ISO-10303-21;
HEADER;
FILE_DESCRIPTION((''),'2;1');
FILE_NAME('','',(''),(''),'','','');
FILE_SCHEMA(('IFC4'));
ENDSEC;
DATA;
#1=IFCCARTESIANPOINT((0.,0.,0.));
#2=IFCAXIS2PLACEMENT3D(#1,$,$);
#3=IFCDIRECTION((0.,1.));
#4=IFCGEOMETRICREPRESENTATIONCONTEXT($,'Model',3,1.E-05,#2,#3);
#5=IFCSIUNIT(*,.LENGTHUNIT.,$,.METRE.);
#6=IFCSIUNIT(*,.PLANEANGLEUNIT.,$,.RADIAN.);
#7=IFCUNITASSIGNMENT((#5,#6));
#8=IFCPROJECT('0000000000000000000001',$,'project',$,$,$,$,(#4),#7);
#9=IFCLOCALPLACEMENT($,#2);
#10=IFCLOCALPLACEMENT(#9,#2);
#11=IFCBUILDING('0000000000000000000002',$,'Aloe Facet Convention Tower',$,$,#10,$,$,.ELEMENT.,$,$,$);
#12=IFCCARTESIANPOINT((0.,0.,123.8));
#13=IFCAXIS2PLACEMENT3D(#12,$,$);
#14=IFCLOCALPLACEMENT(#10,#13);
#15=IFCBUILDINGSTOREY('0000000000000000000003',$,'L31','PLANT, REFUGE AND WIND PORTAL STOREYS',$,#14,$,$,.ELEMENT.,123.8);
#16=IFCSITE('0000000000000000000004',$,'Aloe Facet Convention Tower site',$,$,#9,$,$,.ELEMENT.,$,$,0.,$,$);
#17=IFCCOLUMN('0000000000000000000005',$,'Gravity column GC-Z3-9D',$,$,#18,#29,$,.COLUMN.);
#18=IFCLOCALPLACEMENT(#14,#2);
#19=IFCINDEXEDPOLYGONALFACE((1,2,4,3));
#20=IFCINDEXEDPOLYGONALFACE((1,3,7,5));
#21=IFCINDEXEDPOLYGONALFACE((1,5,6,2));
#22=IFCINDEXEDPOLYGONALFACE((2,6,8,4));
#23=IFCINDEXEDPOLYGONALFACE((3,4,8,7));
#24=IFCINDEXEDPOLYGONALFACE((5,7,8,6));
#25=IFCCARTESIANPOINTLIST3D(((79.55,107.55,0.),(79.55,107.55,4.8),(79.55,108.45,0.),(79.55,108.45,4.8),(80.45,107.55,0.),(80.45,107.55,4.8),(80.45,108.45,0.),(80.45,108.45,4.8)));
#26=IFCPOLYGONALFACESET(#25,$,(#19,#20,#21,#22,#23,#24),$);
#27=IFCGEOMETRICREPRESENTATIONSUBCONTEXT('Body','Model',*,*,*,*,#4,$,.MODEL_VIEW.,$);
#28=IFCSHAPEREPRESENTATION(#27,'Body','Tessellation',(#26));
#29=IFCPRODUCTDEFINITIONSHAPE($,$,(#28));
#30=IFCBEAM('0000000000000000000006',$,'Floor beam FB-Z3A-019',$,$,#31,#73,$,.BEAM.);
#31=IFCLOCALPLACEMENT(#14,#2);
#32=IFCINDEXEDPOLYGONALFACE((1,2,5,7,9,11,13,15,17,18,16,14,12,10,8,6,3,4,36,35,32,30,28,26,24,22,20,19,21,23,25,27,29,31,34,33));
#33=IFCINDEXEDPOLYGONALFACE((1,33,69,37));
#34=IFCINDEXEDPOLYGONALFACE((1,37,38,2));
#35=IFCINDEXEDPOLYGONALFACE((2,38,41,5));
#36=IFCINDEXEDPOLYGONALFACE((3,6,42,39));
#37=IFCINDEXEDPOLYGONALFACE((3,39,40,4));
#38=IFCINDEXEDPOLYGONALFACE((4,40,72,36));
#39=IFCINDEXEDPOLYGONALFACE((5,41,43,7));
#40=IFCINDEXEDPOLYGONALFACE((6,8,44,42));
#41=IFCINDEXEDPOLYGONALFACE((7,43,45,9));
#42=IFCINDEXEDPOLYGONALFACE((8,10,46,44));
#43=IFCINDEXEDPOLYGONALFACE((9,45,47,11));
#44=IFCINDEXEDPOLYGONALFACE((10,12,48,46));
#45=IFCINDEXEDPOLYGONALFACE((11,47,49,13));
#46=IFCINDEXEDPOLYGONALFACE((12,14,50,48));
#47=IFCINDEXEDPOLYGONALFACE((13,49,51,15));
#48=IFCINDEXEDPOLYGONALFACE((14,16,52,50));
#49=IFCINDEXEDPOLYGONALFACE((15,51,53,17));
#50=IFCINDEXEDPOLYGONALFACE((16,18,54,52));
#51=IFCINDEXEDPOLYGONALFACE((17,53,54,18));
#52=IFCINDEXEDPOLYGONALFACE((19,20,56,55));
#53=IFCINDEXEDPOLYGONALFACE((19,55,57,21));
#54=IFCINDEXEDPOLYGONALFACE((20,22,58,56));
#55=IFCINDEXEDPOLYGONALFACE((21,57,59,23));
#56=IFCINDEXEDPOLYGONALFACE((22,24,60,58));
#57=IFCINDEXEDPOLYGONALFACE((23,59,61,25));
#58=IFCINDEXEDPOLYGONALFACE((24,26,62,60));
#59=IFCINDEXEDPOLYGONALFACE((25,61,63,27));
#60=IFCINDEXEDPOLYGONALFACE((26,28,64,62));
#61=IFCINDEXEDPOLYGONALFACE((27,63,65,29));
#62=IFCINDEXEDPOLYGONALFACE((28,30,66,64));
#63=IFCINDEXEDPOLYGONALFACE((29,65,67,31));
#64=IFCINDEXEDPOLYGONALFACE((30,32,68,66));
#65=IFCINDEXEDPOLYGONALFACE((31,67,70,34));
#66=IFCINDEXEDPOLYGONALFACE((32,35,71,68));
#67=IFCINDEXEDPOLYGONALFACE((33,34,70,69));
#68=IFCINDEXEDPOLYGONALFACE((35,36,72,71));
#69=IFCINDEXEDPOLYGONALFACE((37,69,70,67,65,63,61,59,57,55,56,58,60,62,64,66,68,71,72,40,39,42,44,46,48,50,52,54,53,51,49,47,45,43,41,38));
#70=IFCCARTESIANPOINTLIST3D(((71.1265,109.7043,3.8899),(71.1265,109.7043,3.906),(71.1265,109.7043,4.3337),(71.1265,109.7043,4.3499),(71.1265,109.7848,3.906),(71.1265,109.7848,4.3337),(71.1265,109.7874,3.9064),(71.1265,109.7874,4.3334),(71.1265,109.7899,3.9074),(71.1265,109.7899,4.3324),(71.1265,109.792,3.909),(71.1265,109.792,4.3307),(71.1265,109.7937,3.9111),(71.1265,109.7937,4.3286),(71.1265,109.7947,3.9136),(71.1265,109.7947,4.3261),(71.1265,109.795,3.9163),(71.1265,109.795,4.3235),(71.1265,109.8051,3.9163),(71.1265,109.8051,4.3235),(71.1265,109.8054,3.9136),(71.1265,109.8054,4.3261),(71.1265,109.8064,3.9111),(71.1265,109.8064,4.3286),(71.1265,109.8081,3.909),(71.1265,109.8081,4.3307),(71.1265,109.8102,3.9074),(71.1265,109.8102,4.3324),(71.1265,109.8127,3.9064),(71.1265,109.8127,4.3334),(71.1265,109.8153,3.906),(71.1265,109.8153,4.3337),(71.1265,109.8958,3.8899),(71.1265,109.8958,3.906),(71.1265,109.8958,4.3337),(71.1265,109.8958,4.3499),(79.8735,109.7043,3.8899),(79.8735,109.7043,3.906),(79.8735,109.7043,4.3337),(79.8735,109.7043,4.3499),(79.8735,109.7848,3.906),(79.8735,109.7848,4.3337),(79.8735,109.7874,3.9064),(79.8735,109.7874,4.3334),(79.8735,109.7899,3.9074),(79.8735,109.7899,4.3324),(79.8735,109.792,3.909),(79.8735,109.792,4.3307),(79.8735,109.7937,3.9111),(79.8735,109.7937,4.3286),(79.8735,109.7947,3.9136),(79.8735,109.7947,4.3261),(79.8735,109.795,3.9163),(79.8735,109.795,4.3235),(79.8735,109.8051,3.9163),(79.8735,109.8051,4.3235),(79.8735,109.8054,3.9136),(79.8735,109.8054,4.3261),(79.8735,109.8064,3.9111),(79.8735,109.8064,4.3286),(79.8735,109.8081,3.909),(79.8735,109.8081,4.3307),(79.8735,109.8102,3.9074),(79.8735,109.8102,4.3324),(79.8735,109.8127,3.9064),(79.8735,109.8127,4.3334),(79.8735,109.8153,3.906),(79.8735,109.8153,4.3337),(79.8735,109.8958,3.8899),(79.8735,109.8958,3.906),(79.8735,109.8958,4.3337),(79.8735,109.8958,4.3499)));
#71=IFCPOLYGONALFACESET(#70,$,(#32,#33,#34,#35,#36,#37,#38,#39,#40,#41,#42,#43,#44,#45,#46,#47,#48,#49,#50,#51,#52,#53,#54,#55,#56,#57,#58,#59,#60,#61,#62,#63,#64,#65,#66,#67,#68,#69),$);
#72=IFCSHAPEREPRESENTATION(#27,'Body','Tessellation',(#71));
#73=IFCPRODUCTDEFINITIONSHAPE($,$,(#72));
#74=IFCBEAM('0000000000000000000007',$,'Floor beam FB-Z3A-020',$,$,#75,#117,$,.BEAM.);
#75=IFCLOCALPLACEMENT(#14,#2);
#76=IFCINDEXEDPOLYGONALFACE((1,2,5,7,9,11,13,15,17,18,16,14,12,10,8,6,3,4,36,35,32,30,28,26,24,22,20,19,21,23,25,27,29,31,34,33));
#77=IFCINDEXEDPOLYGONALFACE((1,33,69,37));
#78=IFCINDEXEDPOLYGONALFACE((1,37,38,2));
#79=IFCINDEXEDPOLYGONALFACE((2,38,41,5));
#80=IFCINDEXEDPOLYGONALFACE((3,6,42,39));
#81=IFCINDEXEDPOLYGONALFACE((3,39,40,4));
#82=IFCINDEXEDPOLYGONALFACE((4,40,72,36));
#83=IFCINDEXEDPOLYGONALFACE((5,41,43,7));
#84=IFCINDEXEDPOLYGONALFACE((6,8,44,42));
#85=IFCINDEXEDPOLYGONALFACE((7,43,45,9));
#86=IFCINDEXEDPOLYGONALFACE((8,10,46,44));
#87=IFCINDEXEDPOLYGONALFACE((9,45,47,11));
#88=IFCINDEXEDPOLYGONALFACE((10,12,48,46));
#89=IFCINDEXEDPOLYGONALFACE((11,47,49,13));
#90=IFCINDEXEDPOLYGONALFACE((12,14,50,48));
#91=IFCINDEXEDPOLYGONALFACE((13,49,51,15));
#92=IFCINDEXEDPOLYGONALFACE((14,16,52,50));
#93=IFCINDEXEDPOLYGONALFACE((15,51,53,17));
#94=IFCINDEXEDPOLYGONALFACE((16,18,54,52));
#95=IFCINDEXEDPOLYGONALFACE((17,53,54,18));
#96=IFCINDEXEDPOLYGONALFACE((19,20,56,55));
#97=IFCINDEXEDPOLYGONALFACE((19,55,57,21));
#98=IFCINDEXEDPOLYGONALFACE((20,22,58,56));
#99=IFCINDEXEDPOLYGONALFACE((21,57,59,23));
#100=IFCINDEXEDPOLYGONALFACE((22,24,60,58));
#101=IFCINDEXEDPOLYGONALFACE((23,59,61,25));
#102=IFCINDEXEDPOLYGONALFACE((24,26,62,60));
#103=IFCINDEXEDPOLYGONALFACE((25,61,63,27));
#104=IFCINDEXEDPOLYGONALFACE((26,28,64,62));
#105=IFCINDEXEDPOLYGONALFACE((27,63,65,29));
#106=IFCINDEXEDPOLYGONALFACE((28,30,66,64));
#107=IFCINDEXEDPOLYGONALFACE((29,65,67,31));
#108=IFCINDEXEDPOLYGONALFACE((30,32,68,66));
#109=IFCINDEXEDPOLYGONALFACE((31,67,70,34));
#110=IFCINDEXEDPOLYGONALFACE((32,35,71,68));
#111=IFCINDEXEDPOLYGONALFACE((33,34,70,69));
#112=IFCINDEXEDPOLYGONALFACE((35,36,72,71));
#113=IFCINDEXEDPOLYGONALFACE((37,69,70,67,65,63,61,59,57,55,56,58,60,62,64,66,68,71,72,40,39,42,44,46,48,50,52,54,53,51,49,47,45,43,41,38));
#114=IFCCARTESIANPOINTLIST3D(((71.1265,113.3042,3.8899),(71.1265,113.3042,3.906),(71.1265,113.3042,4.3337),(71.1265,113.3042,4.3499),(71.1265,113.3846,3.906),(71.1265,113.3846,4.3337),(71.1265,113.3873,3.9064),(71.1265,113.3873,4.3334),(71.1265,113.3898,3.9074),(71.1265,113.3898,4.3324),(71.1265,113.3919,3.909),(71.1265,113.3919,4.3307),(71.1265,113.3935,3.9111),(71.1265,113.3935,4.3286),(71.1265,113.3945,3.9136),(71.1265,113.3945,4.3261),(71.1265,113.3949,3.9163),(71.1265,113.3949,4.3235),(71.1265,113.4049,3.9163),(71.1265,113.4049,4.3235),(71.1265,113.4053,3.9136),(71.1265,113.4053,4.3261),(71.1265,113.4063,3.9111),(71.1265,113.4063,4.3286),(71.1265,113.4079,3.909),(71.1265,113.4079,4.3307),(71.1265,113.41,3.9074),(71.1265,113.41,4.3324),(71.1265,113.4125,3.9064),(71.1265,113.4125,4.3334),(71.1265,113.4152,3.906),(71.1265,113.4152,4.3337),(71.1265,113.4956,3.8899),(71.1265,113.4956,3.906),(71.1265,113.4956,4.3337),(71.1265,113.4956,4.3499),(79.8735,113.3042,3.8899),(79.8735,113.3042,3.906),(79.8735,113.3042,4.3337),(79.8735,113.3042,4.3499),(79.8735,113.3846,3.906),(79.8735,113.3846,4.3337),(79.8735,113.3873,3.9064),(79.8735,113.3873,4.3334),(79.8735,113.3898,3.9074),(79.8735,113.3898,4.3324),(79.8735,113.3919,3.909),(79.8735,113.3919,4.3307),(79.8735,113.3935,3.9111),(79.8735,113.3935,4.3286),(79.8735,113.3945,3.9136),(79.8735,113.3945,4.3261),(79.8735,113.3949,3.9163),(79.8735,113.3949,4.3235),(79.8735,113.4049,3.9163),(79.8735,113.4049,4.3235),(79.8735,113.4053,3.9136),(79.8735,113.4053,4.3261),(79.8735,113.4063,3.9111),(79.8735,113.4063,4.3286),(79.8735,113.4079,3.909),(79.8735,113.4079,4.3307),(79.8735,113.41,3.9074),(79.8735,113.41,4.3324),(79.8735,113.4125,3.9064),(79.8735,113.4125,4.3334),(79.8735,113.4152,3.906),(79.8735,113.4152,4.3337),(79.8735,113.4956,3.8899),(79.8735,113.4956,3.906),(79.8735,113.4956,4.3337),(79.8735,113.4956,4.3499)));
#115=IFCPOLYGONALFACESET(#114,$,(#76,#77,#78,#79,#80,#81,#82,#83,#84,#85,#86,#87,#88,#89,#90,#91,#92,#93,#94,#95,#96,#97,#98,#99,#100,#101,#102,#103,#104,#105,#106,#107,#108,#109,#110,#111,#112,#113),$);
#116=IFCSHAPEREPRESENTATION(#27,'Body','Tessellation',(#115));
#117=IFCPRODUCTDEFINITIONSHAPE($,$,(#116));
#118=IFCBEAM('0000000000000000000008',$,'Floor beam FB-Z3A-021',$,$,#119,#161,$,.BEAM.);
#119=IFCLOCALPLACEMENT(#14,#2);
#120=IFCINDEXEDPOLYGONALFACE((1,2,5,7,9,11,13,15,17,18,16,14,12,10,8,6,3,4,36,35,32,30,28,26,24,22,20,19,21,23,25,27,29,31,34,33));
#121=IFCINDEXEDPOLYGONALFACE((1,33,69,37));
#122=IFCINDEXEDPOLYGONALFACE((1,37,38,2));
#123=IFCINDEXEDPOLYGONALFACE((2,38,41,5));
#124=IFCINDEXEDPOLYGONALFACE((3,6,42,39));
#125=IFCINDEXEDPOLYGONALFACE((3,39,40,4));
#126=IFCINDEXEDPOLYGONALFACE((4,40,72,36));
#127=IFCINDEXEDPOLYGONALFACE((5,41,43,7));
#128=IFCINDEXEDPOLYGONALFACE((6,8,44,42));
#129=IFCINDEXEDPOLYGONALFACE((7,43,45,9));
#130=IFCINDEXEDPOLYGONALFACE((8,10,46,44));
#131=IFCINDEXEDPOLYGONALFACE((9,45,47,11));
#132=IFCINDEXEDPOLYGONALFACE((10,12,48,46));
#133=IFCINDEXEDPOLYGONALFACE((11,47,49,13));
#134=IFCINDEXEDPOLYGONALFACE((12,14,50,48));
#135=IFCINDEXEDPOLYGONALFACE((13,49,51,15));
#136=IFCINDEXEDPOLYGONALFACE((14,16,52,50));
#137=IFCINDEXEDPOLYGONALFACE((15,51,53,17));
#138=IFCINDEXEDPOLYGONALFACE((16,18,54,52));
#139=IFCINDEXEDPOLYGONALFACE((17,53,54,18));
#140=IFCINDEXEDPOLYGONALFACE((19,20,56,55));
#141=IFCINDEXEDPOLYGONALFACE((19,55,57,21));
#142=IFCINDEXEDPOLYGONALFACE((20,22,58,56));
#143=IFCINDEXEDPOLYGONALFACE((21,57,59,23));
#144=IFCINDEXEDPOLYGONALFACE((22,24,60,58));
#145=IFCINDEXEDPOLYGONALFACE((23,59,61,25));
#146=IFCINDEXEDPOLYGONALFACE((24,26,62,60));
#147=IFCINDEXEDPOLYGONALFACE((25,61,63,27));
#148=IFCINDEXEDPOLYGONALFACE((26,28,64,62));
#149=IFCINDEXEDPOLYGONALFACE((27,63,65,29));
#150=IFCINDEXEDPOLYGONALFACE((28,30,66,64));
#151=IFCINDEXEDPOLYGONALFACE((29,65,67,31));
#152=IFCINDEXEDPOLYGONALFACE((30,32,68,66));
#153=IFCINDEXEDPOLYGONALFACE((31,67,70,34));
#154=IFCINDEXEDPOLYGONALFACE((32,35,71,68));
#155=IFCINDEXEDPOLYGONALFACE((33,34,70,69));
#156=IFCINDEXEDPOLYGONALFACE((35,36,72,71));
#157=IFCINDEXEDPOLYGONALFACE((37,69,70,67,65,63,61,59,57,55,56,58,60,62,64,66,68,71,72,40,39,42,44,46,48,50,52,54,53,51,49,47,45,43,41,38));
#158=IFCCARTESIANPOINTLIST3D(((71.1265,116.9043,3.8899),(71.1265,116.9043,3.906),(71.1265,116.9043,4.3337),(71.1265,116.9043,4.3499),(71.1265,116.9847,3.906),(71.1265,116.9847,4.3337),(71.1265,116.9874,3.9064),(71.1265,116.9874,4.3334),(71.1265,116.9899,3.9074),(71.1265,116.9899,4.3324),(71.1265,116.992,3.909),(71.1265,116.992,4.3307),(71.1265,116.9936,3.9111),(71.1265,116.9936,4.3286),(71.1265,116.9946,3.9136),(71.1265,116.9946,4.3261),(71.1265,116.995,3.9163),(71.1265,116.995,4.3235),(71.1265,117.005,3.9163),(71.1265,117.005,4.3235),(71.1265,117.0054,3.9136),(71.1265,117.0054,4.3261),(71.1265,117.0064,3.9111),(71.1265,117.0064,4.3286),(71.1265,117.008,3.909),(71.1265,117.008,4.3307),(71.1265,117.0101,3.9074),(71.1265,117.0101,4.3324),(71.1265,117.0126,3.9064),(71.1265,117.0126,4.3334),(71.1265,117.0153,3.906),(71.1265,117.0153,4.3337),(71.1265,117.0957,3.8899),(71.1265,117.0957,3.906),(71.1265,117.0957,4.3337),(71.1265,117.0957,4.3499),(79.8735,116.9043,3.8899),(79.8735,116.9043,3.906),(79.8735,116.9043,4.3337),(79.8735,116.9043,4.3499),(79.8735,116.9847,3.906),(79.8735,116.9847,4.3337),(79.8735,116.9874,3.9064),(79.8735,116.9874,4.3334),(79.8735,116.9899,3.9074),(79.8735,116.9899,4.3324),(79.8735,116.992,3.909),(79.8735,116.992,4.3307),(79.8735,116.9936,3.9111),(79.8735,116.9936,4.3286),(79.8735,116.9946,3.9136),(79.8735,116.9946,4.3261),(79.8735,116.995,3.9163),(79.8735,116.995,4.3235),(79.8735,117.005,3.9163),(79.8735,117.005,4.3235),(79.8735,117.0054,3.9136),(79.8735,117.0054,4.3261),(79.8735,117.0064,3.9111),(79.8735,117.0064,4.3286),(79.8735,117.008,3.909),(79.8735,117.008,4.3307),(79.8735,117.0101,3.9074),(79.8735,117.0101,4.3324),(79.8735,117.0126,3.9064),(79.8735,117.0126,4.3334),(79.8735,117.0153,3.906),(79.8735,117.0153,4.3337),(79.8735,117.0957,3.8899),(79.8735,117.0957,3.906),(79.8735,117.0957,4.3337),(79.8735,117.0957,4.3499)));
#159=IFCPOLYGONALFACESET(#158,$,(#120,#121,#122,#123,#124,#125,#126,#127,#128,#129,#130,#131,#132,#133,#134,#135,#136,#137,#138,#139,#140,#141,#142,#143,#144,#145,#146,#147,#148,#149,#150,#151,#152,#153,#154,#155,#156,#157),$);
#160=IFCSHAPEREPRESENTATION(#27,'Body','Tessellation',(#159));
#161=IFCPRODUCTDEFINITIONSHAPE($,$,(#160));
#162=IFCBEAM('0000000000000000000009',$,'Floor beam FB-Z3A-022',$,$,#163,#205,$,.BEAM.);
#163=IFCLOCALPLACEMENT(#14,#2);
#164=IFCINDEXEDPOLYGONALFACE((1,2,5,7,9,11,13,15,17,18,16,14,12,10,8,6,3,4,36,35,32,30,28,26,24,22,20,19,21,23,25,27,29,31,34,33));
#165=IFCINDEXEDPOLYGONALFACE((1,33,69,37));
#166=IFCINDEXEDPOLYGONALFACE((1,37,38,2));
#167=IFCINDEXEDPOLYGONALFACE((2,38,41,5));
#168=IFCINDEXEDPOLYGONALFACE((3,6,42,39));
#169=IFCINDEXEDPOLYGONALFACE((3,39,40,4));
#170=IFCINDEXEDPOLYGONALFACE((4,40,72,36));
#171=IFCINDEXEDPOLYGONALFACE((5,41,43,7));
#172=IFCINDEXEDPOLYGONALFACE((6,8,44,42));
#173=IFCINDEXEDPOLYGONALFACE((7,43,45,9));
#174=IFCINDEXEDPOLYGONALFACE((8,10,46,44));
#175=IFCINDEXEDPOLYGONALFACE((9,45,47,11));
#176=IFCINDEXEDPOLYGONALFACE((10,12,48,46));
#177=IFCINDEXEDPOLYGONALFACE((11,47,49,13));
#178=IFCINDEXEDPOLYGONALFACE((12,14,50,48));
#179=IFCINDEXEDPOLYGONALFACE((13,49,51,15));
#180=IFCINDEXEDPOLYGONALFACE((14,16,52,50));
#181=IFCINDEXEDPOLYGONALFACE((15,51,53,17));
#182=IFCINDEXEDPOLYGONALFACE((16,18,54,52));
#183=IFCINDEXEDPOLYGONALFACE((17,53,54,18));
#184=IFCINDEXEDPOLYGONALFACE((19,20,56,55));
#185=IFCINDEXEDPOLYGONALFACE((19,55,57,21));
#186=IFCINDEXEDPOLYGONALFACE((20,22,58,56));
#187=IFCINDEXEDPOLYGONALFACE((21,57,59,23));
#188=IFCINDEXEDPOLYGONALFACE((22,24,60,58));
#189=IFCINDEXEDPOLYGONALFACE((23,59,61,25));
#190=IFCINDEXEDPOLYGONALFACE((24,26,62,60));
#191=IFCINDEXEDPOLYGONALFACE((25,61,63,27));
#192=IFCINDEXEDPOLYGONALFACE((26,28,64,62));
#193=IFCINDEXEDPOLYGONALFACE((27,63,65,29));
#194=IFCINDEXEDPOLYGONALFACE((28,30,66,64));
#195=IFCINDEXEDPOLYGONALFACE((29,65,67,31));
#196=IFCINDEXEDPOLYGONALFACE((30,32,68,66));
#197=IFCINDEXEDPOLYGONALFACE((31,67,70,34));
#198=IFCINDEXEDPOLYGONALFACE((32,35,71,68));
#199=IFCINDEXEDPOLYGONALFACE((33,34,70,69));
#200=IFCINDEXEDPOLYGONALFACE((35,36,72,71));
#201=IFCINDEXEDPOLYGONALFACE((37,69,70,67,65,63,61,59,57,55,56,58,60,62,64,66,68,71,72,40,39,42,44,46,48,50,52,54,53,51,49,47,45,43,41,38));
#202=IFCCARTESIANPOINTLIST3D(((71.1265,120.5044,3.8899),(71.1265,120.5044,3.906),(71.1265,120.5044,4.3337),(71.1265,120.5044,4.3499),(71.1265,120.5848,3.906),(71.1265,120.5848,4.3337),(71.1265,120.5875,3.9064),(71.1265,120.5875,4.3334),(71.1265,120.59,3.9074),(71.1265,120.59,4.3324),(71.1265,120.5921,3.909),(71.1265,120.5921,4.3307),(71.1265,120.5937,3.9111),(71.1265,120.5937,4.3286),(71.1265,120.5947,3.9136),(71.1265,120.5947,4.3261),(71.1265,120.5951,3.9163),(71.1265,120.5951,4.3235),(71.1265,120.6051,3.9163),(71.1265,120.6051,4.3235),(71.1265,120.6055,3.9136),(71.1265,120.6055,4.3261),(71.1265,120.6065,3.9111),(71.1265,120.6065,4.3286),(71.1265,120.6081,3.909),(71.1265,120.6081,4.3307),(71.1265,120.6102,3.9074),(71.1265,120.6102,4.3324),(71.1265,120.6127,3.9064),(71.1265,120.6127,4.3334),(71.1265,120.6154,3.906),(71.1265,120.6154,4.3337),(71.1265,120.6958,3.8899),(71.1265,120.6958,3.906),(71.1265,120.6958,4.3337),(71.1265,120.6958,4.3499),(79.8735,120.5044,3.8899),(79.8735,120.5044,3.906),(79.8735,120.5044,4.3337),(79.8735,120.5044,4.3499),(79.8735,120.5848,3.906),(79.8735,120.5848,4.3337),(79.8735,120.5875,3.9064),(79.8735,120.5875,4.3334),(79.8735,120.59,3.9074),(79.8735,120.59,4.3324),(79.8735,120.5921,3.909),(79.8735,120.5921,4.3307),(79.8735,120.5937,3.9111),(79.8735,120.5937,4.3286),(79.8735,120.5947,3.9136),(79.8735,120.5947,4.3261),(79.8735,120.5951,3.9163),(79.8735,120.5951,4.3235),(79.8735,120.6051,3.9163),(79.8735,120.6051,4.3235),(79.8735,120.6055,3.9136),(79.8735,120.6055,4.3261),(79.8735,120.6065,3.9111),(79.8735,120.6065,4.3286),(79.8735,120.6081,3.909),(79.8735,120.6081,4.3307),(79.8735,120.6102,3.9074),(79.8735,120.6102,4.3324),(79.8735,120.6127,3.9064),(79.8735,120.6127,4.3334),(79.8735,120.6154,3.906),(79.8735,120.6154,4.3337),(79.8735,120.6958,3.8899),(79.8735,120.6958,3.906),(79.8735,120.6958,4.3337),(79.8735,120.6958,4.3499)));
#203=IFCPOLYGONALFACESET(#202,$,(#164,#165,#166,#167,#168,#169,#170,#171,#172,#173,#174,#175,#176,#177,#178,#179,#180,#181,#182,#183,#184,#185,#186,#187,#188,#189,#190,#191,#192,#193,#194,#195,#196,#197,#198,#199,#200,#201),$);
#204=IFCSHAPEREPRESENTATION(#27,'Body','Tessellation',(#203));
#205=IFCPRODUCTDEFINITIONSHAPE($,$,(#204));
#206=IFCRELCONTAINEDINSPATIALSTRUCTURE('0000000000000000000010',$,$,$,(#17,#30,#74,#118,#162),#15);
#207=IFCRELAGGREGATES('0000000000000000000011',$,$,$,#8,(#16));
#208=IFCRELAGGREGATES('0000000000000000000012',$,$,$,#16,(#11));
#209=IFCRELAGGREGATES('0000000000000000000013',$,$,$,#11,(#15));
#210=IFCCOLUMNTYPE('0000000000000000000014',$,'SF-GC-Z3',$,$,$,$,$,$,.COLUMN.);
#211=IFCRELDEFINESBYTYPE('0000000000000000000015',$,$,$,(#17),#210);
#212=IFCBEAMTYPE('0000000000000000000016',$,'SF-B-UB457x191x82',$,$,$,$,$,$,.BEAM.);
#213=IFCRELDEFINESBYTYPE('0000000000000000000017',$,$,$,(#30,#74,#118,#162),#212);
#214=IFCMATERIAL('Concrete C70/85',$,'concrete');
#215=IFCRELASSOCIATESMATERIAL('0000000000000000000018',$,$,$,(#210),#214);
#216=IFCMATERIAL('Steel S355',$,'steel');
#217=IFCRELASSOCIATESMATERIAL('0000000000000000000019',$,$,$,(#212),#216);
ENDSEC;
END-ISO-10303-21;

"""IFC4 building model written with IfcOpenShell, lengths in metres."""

from ifc_helpers import new_model, si_unit, direction, frame, origin, origin_2d, place, context, subcontext, project, spatial, rectangle, i_section, extrude, material, material_profile, profile_set, type_object, element, save


model = new_model("IFC4")

# Units and contexts
model_context = context("Model", 3, precision=1e-05, world=origin(), true_north=direction((0.0, 1.0)))
body_context = subcontext(model_context, "Body", "Model", "MODEL_VIEW")
ifc_project = project(units=[si_unit("LENGTHUNIT", "METRE"), si_unit("PLANEANGLEUNIT", "RADIAN")], contexts=[model_context])

# Site, building, storey
site_placement = place(None, origin())
site = spatial("IfcSite", under=ifc_project, at=site_placement, Name="Aloe Facet Convention Tower site", CompositionType="ELEMENT", RefElevation=0.0)
building_placement = place(site_placement, origin())
building = spatial("IfcBuilding", under=site, at=building_placement, Name="Aloe Facet Convention Tower", CompositionType="ELEMENT")
storey_placement = place(building_placement, frame((0.0, 0.0, 123.8)))
storey = spatial("IfcBuildingStorey", under=building, at=storey_placement, Name="L31", Description="PLANT, REFUGE AND WIND PORTAL STOREYS", CompositionType="ELEMENT", Elevation=123.8)

# Column
ifc_material_1 = material(Name="Concrete C70/85", Category="concrete")
ifc_material_profile_1 = material_profile(ifc_material_1, rectangle(XDim=0.8999, YDim=0.8999, at=origin_2d()), Name="SF-GC-Z3")
ifc_profile_set_1 = profile_set([ifc_material_profile_1], Name="Concrete C70/85")
column_type = type_object("IfcColumnType", Name="SF-GC-Z3", PredefinedType="COLUMN", material=ifc_profile_set_1)
column_placement = place(storey_placement, frame((80.0, 108.0, 0.0), z_axis=(0.0, 0.0, 1.0), x_axis=(1.0, 0.0, 0.0)))
element("IfcColumn", 1, at=column_placement, inside=storey, type_object=column_type, Name="Gravity column GC-Z3-9D", PredefinedType="COLUMN", context=body_context, shape_type="SweptSolid", body=[
    extrude(rectangle(XDim=0.8999, YDim=0.8999, at=origin_2d()), origin(), (0.0, 0.0, 1.0), 4.8),
])

# Beams
ifc_material_2 = material(Name="Steel S355", Category="steel")
ifc_material_profile_2 = material_profile(ifc_material_2, i_section(OverallWidth=0.1914, OverallDepth=0.46, WebThickness=0.01, FlangeThickness=0.0161, FilletRadius=0.0103, at=origin_2d()), Name="UB 457x191x82")
ifc_profile_set_2 = profile_set([ifc_material_profile_2], Name="Steel S355")
beam_type_1 = type_object("IfcBeamType", Name="SF-B-UB457x191x82", PredefinedType="BEAM", material=ifc_profile_set_2)
for number, where, z_axis, x_axis, name in (
    (2, (71.1265, 109.8, 4.1199), (1.0, 0.0, 0.0), (0.0, 1.0, 0.0), "Floor beam FB-Z3A-019"),
    (3, (71.1265, 113.3999, 4.1199), (1.0, 0.0, 0.0), (0.0, 1.0, 0.0), "Floor beam FB-Z3A-020"),
    (4, (71.1265, 117.0, 4.1199), (1.0, 0.0, 0.0), (0.0, 1.0, 0.0), "Floor beam FB-Z3A-021"),
    (5, (71.1265, 120.6001, 4.1199), (1.0, 0.0, 0.0), (0.0, 1.0, 0.0), "Floor beam FB-Z3A-022"),
):
    element("IfcBeam", number, at=place(storey_placement, frame(where, z_axis=z_axis, x_axis=x_axis)), inside=storey, type_object=beam_type_1, Name=name, PredefinedType="BEAM", context=body_context, shape_type="SweptSolid", body=[
        extrude(i_section(OverallWidth=0.1914, OverallDepth=0.46, WebThickness=0.01, FlangeThickness=0.0161, FilletRadius=0.0103, at=origin_2d()), origin(), (0.0, 0.0, 1.0), 8.7471),
    ])

save(model, "model.ifc")
